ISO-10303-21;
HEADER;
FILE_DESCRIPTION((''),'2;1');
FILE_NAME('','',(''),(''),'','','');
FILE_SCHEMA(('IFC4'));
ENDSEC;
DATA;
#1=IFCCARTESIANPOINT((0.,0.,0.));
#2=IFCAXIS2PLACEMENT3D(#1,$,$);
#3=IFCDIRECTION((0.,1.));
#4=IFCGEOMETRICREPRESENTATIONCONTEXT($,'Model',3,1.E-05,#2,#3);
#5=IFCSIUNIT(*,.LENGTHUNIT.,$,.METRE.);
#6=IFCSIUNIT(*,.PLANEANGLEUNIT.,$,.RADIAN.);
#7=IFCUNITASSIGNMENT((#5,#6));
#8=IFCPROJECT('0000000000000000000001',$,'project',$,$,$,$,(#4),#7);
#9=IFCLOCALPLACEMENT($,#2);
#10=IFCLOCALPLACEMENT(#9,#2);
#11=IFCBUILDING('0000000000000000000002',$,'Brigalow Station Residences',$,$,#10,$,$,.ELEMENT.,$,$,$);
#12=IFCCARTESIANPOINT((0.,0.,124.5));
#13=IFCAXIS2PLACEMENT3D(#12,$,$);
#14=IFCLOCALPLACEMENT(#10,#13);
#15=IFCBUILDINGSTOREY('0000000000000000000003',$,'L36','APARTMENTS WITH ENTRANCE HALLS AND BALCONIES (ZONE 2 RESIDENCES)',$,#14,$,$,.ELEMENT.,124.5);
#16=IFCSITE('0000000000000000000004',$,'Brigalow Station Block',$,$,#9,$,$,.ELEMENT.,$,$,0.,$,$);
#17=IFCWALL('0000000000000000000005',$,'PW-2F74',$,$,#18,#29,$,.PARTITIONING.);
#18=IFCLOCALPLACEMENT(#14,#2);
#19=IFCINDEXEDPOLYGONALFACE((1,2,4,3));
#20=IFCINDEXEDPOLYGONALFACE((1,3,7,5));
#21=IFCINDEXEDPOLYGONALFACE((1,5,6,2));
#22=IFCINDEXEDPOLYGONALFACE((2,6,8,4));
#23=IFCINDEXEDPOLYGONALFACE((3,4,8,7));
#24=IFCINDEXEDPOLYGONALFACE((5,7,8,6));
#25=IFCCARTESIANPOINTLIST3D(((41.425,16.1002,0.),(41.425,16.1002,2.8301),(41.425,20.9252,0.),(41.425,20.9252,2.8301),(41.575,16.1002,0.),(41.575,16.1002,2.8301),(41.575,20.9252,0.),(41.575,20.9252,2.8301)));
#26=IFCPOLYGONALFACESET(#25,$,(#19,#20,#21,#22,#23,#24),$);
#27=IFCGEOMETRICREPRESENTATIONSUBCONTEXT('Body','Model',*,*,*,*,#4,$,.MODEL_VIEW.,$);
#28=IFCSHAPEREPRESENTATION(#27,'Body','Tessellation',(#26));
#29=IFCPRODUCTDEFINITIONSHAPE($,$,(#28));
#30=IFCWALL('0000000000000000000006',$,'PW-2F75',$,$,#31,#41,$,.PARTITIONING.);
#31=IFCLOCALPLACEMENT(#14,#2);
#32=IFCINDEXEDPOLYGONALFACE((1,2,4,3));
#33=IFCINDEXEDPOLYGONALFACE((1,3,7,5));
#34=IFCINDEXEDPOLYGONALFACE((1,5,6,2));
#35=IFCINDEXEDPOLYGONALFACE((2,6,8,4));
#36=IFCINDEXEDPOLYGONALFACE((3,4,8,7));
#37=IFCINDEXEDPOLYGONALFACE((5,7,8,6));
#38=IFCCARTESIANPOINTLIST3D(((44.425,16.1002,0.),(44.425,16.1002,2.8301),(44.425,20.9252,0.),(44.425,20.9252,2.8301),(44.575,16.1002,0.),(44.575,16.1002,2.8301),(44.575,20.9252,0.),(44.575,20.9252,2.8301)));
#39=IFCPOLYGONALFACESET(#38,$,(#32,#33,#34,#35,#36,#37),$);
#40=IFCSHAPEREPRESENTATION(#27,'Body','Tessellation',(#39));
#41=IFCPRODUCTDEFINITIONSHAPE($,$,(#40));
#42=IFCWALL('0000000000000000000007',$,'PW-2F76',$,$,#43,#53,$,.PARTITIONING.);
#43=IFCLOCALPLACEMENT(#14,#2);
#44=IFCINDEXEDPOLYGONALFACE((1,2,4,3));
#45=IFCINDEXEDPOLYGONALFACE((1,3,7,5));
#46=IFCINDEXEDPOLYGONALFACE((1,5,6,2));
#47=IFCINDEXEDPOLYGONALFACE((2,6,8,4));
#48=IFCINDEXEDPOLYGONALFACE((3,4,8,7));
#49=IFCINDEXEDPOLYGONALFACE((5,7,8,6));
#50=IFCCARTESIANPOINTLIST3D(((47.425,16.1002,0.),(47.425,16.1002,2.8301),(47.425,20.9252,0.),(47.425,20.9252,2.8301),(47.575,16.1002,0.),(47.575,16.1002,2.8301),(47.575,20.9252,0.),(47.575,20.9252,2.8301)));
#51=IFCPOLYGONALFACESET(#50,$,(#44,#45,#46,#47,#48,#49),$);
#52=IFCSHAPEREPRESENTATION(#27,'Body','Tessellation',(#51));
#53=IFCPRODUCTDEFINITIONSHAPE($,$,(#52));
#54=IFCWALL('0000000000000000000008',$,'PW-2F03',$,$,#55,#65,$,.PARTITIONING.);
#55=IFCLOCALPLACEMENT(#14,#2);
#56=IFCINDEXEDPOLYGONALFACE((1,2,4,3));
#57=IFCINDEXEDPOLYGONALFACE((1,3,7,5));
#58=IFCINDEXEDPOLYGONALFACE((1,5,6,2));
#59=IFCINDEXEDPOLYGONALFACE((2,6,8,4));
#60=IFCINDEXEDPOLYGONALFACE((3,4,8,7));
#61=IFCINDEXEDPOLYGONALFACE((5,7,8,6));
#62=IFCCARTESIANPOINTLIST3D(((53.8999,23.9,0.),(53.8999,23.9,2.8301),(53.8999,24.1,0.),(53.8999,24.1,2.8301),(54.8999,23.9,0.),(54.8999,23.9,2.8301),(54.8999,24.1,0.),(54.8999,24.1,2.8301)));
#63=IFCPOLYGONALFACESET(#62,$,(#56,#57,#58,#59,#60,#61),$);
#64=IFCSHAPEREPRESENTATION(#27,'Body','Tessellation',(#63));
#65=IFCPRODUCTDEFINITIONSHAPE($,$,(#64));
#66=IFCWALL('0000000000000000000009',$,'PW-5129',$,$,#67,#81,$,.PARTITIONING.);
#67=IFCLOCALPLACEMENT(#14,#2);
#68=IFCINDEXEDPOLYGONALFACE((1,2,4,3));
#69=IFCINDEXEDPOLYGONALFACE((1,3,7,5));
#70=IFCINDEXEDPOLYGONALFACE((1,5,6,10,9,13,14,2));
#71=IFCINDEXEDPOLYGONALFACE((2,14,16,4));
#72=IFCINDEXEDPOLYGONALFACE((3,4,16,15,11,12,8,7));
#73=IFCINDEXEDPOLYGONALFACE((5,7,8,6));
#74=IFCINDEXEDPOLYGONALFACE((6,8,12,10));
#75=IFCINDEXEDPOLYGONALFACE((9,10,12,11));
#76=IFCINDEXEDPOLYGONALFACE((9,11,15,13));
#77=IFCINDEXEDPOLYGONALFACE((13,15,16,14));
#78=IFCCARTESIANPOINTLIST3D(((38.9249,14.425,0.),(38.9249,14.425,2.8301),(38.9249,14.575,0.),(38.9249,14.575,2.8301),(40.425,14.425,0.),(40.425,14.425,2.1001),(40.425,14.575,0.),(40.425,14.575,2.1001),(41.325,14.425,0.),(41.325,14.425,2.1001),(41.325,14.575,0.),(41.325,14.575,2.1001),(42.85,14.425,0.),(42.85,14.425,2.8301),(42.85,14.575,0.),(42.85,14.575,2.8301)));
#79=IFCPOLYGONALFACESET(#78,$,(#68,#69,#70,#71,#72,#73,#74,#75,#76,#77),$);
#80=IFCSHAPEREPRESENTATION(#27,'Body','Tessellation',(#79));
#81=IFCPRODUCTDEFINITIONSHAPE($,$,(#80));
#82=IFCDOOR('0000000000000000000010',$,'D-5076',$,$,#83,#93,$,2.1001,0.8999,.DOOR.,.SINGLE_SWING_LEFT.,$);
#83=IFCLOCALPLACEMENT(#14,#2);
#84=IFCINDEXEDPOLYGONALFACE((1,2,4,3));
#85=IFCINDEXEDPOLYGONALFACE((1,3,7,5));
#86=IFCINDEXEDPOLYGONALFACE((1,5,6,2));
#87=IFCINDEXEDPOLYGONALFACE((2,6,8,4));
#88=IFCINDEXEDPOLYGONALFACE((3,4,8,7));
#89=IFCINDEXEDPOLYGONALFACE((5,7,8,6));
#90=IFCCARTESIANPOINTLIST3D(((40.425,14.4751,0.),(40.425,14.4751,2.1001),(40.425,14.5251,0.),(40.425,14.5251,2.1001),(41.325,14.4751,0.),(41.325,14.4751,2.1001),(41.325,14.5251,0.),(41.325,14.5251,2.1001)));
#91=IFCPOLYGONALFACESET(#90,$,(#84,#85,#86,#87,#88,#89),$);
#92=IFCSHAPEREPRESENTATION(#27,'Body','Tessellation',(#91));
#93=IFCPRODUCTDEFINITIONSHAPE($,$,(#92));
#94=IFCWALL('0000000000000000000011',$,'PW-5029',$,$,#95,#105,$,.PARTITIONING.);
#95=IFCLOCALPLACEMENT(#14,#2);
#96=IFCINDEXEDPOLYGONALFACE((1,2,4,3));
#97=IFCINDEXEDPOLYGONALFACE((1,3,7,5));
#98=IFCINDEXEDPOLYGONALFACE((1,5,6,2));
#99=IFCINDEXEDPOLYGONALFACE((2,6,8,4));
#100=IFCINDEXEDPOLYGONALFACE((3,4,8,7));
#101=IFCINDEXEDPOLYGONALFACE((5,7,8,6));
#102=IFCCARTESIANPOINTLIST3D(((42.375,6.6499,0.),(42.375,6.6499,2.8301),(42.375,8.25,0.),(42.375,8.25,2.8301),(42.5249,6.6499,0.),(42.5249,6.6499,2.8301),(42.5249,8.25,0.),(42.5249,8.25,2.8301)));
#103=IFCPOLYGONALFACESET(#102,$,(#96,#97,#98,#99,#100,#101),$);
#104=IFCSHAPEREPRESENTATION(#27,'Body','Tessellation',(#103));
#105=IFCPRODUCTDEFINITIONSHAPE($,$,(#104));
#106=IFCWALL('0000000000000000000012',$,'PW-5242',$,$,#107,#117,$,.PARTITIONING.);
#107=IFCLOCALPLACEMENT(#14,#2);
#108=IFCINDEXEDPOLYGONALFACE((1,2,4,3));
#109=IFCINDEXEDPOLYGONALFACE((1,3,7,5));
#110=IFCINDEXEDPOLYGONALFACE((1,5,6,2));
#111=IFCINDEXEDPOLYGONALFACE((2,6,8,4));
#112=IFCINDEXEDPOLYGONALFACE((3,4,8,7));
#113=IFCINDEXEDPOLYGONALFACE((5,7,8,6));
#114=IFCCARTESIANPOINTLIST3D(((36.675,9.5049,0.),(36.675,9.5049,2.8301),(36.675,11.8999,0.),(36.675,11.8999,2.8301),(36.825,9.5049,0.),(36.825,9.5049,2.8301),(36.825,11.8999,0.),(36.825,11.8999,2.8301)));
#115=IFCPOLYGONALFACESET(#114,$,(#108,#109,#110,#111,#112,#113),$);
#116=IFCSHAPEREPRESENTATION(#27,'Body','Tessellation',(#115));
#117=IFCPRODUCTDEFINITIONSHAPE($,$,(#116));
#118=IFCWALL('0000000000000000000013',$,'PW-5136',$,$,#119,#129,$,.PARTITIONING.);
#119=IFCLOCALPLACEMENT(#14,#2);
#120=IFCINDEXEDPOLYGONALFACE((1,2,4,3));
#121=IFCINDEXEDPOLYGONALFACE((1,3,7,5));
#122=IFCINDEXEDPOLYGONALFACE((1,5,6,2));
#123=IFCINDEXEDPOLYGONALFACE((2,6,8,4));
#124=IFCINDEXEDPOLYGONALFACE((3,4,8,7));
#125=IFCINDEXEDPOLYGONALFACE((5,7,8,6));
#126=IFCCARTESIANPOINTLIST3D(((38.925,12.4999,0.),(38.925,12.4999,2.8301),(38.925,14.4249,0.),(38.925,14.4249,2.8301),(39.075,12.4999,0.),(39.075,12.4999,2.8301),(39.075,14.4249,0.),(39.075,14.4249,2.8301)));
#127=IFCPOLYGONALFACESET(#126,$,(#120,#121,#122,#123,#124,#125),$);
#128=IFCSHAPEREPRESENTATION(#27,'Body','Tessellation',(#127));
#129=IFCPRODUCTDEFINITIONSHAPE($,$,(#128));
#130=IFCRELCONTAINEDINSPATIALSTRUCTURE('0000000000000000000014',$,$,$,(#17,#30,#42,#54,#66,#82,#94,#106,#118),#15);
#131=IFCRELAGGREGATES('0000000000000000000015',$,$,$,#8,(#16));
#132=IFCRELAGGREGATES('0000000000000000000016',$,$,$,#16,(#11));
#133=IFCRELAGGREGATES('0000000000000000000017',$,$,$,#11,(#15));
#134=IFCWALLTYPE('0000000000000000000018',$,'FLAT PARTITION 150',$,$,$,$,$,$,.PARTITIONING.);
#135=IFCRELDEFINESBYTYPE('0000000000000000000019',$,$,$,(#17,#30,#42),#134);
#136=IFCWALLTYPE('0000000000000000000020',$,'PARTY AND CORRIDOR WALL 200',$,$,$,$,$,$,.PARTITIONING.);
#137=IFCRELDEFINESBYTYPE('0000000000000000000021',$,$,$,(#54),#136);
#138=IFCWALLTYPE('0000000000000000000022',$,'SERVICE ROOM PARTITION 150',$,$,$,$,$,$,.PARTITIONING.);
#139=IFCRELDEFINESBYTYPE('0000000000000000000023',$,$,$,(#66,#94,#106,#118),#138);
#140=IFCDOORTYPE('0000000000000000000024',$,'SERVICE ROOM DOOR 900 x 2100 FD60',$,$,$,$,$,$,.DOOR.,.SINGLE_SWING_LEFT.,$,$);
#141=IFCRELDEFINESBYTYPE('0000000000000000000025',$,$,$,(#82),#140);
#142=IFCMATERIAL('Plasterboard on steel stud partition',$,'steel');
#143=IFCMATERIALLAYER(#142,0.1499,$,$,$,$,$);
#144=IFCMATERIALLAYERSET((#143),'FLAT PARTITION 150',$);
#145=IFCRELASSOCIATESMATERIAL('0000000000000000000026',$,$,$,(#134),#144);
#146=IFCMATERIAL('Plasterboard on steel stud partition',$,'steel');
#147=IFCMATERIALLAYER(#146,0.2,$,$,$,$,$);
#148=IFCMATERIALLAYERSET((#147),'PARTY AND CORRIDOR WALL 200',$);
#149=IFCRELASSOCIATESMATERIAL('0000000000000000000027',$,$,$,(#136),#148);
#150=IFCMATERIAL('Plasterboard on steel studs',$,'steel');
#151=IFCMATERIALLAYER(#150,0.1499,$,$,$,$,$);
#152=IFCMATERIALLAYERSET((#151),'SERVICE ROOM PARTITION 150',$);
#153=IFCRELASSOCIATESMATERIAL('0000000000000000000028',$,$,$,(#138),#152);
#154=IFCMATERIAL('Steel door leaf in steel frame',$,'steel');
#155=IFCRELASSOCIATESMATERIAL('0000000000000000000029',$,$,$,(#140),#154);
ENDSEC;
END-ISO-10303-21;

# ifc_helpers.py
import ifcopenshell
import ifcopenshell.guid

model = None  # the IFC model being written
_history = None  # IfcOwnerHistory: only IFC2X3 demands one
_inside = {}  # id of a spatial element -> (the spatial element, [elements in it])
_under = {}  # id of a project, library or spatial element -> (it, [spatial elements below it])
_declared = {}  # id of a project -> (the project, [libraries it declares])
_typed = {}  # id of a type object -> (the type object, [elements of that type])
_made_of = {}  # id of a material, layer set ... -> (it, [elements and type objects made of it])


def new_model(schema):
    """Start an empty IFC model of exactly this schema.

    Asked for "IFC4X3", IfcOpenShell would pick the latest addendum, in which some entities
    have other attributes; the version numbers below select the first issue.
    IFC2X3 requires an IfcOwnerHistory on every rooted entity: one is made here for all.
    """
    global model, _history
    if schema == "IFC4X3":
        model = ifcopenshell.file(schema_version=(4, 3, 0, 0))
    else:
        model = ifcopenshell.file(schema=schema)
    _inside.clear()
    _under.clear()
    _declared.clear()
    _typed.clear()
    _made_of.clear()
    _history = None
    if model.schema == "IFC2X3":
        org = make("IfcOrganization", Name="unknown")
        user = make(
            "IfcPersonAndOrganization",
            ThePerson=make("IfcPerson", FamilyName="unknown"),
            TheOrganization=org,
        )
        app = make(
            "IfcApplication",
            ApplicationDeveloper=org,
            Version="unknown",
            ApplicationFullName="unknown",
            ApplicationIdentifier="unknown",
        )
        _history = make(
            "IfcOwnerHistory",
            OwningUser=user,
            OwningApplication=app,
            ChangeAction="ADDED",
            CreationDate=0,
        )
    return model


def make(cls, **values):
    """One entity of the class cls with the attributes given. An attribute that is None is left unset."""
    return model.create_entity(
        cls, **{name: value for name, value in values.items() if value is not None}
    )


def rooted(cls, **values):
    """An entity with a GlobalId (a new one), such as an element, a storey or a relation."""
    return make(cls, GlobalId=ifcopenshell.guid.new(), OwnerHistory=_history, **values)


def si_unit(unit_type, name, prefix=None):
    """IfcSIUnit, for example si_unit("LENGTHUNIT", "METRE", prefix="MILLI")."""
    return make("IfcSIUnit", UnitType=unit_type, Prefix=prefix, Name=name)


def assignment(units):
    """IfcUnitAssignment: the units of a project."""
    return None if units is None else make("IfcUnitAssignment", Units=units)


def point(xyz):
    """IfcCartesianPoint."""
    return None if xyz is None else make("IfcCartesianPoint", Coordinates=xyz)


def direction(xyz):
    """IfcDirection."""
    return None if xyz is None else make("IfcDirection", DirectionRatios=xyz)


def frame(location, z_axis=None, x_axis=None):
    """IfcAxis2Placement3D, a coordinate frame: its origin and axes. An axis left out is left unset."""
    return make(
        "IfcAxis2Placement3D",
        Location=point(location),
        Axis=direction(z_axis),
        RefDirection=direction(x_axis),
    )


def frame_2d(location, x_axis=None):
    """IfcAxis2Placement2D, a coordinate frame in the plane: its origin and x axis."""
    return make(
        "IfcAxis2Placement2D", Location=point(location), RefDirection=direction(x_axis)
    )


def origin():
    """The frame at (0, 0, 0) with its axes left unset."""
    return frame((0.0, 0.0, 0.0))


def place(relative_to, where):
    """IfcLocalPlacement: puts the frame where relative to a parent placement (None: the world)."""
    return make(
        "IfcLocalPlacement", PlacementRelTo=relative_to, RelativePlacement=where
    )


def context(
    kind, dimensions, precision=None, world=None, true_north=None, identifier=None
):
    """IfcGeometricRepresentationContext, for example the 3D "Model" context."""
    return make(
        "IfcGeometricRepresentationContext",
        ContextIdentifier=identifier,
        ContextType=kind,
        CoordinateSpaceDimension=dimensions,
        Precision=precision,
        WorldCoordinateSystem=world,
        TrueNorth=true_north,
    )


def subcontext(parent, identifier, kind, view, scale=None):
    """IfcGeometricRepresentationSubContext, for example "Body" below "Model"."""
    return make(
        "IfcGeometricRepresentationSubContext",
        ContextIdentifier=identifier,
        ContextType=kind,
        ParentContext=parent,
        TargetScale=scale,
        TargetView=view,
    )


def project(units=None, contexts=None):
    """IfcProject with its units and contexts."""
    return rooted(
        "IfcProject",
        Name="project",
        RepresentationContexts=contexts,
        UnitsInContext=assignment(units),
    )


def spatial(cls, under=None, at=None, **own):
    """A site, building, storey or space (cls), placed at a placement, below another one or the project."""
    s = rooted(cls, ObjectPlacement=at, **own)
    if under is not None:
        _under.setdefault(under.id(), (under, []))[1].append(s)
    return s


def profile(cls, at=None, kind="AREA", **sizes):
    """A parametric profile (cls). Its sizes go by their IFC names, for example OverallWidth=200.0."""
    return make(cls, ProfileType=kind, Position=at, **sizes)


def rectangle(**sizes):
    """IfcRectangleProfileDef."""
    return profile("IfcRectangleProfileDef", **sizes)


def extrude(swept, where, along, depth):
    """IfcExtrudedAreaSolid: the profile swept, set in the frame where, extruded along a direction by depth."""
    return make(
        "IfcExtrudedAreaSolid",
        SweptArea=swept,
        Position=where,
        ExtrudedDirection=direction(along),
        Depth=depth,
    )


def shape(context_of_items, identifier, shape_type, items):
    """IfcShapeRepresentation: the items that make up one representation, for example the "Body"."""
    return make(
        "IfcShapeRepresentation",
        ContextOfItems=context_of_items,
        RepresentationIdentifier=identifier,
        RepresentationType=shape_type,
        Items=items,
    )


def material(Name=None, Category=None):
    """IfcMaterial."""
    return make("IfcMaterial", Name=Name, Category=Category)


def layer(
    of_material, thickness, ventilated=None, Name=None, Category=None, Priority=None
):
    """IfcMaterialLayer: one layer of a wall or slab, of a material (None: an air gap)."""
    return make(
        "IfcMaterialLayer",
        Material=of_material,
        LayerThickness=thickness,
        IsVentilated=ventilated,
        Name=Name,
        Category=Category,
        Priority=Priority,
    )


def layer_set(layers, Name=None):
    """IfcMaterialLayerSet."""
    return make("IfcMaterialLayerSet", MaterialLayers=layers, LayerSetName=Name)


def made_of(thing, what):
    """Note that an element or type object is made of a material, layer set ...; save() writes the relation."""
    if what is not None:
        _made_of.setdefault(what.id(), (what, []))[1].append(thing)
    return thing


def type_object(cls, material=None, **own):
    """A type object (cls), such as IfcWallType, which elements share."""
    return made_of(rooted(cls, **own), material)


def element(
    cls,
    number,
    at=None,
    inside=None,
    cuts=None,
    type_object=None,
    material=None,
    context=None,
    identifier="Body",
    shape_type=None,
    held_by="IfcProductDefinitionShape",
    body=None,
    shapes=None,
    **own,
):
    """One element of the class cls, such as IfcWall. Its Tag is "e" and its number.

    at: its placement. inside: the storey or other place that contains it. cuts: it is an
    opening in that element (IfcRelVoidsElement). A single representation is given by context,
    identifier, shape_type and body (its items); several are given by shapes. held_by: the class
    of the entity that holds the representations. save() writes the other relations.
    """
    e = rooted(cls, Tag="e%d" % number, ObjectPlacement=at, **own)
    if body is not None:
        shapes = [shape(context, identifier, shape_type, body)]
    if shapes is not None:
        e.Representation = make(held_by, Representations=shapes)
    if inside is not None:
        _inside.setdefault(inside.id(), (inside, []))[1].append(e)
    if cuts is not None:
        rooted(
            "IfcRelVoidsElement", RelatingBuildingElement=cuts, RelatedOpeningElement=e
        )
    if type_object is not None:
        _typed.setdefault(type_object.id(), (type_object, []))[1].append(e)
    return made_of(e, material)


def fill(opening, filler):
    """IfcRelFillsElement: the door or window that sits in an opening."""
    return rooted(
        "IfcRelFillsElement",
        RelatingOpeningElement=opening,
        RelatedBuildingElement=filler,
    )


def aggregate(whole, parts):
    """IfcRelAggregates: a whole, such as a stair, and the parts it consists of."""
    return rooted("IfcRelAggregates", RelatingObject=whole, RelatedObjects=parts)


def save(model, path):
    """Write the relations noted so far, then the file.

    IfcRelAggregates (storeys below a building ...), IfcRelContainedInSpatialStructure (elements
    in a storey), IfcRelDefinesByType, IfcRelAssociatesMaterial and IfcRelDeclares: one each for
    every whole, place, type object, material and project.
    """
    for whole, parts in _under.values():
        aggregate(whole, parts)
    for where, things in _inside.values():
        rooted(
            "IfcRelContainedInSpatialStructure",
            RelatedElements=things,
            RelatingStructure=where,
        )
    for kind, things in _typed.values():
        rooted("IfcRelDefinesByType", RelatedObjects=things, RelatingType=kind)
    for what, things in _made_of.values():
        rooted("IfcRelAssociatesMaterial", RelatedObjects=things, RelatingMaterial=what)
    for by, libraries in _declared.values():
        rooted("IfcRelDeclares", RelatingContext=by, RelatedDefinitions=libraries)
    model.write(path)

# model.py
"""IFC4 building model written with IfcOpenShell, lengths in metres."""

from ifc_helpers import new_model, si_unit, direction, frame, frame_2d, origin, place, context, subcontext, project, spatial, rectangle, extrude, material, layer, layer_set, type_object, element, fill, save


model = new_model("IFC4")

# Units and contexts
model_context = context("Model", 3, precision=1e-05, world=origin(), true_north=direction((0.0, 1.0)))
body_context = subcontext(model_context, "Body", "Model", "MODEL_VIEW")
ifc_project = project(units=[si_unit("LENGTHUNIT", "METRE"), si_unit("PLANEANGLEUNIT", "RADIAN")], contexts=[model_context])

# Site, building, storey
site_placement = place(None, origin())
site = spatial("IfcSite", under=ifc_project, at=site_placement, Name="Brigalow Station Block", CompositionType="ELEMENT", RefElevation=0.0)
building_placement = place(site_placement, origin())
building = spatial("IfcBuilding", under=site, at=building_placement, Name="Brigalow Station Residences", CompositionType="ELEMENT")
storey_placement = place(building_placement, frame((0.0, 0.0, 124.5)))
storey = spatial("IfcBuildingStorey", under=building, at=storey_placement, Name="L36", Description="APARTMENTS WITH ENTRANCE HALLS AND BALCONIES (ZONE 2 RESIDENCES)", CompositionType="ELEMENT", Elevation=124.5)

# Shared definitions
ifc_material_1 = material(Name="Plasterboard on steel stud partition", Category="steel")
ifc_layer_1 = layer(ifc_material_1, 0.1499)
ifc_layer_set_1 = layer_set([ifc_layer_1], Name="FLAT PARTITION 150")
wall_type_1 = type_object("IfcWallType", Name="FLAT PARTITION 150", PredefinedType="PARTITIONING", material=ifc_layer_set_1)

# Walls
for number, where, z_axis, x_axis, name in (
    (1, (41.5, 16.1001, 0.0), (0.0, 0.0, 1.0), (0.0, 1.0, 0.0), "PW-2F74"),
    (2, (44.5, 16.1001, 0.0), (0.0, 0.0, 1.0), (0.0, 1.0, 0.0), "PW-2F75"),
    (3, (47.5, 16.1001, 0.0), (0.0, 0.0, 1.0), (0.0, 1.0, 0.0), "PW-2F76"),
):
    element("IfcWall", number, at=place(storey_placement, frame(where, z_axis=z_axis, x_axis=x_axis)), inside=storey, type_object=wall_type_1, Name=name, PredefinedType="PARTITIONING", context=body_context, shape_type="SweptSolid", body=[
        extrude(rectangle(XDim=4.825, YDim=0.1499, at=frame_2d((2.4126, 0.0))), origin(), (0.0, 0.0, 1.0), 2.8301),
    ])
ifc_material_2 = material(Name="Plasterboard on steel stud partition", Category="steel")
ifc_layer_2 = layer(ifc_material_2, 0.2)
ifc_layer_set_2 = layer_set([ifc_layer_2], Name="PARTY AND CORRIDOR WALL 200")
wall_type_2 = type_object("IfcWallType", Name="PARTY AND CORRIDOR WALL 200", PredefinedType="PARTITIONING", material=ifc_layer_set_2)
wall_1_placement = place(storey_placement, frame((53.8999, 24.0, 0.0), z_axis=(0.0, 0.0, 1.0), x_axis=(1.0, 0.0, 0.0)))
element("IfcWall", 4, at=wall_1_placement, inside=storey, type_object=wall_type_2, Name="PW-2F03", PredefinedType="PARTITIONING", context=body_context, shape_type="SweptSolid", body=[
    extrude(rectangle(XDim=1.0, YDim=0.2, at=frame_2d((0.5, 0.0))), origin(), (0.0, 0.0, 1.0), 2.8301),
])

# Wall, opening, door
ifc_material_3 = material(Name="Plasterboard on steel studs", Category="steel")
ifc_layer_3 = layer(ifc_material_3, 0.1499)
ifc_layer_set_3 = layer_set([ifc_layer_3], Name="SERVICE ROOM PARTITION 150")
wall_type_3 = type_object("IfcWallType", Name="SERVICE ROOM PARTITION 150", PredefinedType="PARTITIONING", material=ifc_layer_set_3)
wall_2_placement = place(storey_placement, frame((38.925, 14.5, 0.0), z_axis=(0.0, 0.0, 1.0), x_axis=(1.0, 0.0, 0.0)))
wall_2 = element("IfcWall", 5, at=wall_2_placement, inside=storey, type_object=wall_type_3, Name="PW-5129", PredefinedType="PARTITIONING", context=body_context, shape_type="SweptSolid", body=[
    extrude(rectangle(XDim=3.925, YDim=0.1499, at=frame_2d((1.9624, 0.0))), origin(), (0.0, 0.0, 1.0), 2.8301),
])
opening_1_placement = place(wall_2_placement, frame((1.5, 0.0, 0.0)))
opening_1 = element("IfcOpeningElement", 6, at=opening_1_placement, cuts=wall_2, PredefinedType="OPENING", context=body_context, shape_type="SweptSolid", body=[
    extrude(rectangle(XDim=0.8999, YDim=2.1001, at=frame_2d((0.45, 1.05))), frame((0.0, 0.085, 0.0), z_axis=(0.0, -1.0, 0.0), x_axis=(1.0, 0.0, 0.0)), (0.0, 0.0, 1.0), 0.1699),
])
ifc_material_4 = material(Name="Steel door leaf in steel frame", Category="steel")
door_type_1 = type_object("IfcDoorType", Name="SERVICE ROOM DOOR 900 x 2100 FD60", OperationType="SINGLE_SWING_LEFT", PredefinedType="DOOR", material=ifc_material_4)
door_1_placement = place(opening_1_placement, frame((0.8999, 0.0, 0.0), z_axis=(0.0, 0.0, 1.0), x_axis=(-1.0, 0.0, 0.0)))
door_1 = element("IfcDoor", 7, at=door_1_placement, inside=storey, type_object=door_type_1, Name="D-5076", OperationType="SINGLE_SWING_LEFT", OverallHeight=2.1001, OverallWidth=0.8999, PredefinedType="DOOR", context=body_context, shape_type="SweptSolid", body=[
    extrude(rectangle(XDim=0.8999, YDim=2.1001, at=frame_2d((0.45, 1.05))), frame((0.0, 0.0249, 0.0), z_axis=(0.0, -1.0, 0.0), x_axis=(1.0, 0.0, 0.0)), (0.0, 0.0, 1.0), 0.05),
])
fill(opening_1, door_1)

# Walls
wall_3_placement = place(storey_placement, frame((42.45, 6.6499, 0.0), z_axis=(0.0, 0.0, 1.0), x_axis=(0.0, 1.0, 0.0)))
element("IfcWall", 8, at=wall_3_placement, inside=storey, type_object=wall_type_3, Name="PW-5029", PredefinedType="PARTITIONING", context=body_context, shape_type="SweptSolid", body=[
    extrude(rectangle(XDim=1.6001, YDim=0.1499, at=frame_2d((0.8, 0.0))), origin(), (0.0, 0.0, 1.0), 2.8301),
])
wall_4_placement = place(storey_placement, frame((36.75, 9.5049, 0.0), z_axis=(0.0, 0.0, 1.0), x_axis=(0.0, 1.0, 0.0)))
element("IfcWall", 9, at=wall_4_placement, inside=storey, type_object=wall_type_3, Name="PW-5242", PredefinedType="PARTITIONING", context=body_context, shape_type="SweptSolid", body=[
    extrude(rectangle(XDim=2.395, YDim=0.1499, at=frame_2d((1.1975, 0.0))), origin(), (0.0, 0.0, 1.0), 2.8301),
])
wall_5_placement = place(storey_placement, frame((39.0, 12.5, 0.0), z_axis=(0.0, 0.0, 1.0), x_axis=(0.0, 1.0, 0.0)))
element("IfcWall", 10, at=wall_5_placement, inside=storey, type_object=wall_type_3, Name="PW-5136", PredefinedType="PARTITIONING", context=body_context, shape_type="SweptSolid", body=[
    extrude(rectangle(XDim=1.925, YDim=0.1499, at=frame_2d((0.9624, 0.0))), origin(), (0.0, 0.0, 1.0), 2.8301),
])

save(model, "model.ifc")
